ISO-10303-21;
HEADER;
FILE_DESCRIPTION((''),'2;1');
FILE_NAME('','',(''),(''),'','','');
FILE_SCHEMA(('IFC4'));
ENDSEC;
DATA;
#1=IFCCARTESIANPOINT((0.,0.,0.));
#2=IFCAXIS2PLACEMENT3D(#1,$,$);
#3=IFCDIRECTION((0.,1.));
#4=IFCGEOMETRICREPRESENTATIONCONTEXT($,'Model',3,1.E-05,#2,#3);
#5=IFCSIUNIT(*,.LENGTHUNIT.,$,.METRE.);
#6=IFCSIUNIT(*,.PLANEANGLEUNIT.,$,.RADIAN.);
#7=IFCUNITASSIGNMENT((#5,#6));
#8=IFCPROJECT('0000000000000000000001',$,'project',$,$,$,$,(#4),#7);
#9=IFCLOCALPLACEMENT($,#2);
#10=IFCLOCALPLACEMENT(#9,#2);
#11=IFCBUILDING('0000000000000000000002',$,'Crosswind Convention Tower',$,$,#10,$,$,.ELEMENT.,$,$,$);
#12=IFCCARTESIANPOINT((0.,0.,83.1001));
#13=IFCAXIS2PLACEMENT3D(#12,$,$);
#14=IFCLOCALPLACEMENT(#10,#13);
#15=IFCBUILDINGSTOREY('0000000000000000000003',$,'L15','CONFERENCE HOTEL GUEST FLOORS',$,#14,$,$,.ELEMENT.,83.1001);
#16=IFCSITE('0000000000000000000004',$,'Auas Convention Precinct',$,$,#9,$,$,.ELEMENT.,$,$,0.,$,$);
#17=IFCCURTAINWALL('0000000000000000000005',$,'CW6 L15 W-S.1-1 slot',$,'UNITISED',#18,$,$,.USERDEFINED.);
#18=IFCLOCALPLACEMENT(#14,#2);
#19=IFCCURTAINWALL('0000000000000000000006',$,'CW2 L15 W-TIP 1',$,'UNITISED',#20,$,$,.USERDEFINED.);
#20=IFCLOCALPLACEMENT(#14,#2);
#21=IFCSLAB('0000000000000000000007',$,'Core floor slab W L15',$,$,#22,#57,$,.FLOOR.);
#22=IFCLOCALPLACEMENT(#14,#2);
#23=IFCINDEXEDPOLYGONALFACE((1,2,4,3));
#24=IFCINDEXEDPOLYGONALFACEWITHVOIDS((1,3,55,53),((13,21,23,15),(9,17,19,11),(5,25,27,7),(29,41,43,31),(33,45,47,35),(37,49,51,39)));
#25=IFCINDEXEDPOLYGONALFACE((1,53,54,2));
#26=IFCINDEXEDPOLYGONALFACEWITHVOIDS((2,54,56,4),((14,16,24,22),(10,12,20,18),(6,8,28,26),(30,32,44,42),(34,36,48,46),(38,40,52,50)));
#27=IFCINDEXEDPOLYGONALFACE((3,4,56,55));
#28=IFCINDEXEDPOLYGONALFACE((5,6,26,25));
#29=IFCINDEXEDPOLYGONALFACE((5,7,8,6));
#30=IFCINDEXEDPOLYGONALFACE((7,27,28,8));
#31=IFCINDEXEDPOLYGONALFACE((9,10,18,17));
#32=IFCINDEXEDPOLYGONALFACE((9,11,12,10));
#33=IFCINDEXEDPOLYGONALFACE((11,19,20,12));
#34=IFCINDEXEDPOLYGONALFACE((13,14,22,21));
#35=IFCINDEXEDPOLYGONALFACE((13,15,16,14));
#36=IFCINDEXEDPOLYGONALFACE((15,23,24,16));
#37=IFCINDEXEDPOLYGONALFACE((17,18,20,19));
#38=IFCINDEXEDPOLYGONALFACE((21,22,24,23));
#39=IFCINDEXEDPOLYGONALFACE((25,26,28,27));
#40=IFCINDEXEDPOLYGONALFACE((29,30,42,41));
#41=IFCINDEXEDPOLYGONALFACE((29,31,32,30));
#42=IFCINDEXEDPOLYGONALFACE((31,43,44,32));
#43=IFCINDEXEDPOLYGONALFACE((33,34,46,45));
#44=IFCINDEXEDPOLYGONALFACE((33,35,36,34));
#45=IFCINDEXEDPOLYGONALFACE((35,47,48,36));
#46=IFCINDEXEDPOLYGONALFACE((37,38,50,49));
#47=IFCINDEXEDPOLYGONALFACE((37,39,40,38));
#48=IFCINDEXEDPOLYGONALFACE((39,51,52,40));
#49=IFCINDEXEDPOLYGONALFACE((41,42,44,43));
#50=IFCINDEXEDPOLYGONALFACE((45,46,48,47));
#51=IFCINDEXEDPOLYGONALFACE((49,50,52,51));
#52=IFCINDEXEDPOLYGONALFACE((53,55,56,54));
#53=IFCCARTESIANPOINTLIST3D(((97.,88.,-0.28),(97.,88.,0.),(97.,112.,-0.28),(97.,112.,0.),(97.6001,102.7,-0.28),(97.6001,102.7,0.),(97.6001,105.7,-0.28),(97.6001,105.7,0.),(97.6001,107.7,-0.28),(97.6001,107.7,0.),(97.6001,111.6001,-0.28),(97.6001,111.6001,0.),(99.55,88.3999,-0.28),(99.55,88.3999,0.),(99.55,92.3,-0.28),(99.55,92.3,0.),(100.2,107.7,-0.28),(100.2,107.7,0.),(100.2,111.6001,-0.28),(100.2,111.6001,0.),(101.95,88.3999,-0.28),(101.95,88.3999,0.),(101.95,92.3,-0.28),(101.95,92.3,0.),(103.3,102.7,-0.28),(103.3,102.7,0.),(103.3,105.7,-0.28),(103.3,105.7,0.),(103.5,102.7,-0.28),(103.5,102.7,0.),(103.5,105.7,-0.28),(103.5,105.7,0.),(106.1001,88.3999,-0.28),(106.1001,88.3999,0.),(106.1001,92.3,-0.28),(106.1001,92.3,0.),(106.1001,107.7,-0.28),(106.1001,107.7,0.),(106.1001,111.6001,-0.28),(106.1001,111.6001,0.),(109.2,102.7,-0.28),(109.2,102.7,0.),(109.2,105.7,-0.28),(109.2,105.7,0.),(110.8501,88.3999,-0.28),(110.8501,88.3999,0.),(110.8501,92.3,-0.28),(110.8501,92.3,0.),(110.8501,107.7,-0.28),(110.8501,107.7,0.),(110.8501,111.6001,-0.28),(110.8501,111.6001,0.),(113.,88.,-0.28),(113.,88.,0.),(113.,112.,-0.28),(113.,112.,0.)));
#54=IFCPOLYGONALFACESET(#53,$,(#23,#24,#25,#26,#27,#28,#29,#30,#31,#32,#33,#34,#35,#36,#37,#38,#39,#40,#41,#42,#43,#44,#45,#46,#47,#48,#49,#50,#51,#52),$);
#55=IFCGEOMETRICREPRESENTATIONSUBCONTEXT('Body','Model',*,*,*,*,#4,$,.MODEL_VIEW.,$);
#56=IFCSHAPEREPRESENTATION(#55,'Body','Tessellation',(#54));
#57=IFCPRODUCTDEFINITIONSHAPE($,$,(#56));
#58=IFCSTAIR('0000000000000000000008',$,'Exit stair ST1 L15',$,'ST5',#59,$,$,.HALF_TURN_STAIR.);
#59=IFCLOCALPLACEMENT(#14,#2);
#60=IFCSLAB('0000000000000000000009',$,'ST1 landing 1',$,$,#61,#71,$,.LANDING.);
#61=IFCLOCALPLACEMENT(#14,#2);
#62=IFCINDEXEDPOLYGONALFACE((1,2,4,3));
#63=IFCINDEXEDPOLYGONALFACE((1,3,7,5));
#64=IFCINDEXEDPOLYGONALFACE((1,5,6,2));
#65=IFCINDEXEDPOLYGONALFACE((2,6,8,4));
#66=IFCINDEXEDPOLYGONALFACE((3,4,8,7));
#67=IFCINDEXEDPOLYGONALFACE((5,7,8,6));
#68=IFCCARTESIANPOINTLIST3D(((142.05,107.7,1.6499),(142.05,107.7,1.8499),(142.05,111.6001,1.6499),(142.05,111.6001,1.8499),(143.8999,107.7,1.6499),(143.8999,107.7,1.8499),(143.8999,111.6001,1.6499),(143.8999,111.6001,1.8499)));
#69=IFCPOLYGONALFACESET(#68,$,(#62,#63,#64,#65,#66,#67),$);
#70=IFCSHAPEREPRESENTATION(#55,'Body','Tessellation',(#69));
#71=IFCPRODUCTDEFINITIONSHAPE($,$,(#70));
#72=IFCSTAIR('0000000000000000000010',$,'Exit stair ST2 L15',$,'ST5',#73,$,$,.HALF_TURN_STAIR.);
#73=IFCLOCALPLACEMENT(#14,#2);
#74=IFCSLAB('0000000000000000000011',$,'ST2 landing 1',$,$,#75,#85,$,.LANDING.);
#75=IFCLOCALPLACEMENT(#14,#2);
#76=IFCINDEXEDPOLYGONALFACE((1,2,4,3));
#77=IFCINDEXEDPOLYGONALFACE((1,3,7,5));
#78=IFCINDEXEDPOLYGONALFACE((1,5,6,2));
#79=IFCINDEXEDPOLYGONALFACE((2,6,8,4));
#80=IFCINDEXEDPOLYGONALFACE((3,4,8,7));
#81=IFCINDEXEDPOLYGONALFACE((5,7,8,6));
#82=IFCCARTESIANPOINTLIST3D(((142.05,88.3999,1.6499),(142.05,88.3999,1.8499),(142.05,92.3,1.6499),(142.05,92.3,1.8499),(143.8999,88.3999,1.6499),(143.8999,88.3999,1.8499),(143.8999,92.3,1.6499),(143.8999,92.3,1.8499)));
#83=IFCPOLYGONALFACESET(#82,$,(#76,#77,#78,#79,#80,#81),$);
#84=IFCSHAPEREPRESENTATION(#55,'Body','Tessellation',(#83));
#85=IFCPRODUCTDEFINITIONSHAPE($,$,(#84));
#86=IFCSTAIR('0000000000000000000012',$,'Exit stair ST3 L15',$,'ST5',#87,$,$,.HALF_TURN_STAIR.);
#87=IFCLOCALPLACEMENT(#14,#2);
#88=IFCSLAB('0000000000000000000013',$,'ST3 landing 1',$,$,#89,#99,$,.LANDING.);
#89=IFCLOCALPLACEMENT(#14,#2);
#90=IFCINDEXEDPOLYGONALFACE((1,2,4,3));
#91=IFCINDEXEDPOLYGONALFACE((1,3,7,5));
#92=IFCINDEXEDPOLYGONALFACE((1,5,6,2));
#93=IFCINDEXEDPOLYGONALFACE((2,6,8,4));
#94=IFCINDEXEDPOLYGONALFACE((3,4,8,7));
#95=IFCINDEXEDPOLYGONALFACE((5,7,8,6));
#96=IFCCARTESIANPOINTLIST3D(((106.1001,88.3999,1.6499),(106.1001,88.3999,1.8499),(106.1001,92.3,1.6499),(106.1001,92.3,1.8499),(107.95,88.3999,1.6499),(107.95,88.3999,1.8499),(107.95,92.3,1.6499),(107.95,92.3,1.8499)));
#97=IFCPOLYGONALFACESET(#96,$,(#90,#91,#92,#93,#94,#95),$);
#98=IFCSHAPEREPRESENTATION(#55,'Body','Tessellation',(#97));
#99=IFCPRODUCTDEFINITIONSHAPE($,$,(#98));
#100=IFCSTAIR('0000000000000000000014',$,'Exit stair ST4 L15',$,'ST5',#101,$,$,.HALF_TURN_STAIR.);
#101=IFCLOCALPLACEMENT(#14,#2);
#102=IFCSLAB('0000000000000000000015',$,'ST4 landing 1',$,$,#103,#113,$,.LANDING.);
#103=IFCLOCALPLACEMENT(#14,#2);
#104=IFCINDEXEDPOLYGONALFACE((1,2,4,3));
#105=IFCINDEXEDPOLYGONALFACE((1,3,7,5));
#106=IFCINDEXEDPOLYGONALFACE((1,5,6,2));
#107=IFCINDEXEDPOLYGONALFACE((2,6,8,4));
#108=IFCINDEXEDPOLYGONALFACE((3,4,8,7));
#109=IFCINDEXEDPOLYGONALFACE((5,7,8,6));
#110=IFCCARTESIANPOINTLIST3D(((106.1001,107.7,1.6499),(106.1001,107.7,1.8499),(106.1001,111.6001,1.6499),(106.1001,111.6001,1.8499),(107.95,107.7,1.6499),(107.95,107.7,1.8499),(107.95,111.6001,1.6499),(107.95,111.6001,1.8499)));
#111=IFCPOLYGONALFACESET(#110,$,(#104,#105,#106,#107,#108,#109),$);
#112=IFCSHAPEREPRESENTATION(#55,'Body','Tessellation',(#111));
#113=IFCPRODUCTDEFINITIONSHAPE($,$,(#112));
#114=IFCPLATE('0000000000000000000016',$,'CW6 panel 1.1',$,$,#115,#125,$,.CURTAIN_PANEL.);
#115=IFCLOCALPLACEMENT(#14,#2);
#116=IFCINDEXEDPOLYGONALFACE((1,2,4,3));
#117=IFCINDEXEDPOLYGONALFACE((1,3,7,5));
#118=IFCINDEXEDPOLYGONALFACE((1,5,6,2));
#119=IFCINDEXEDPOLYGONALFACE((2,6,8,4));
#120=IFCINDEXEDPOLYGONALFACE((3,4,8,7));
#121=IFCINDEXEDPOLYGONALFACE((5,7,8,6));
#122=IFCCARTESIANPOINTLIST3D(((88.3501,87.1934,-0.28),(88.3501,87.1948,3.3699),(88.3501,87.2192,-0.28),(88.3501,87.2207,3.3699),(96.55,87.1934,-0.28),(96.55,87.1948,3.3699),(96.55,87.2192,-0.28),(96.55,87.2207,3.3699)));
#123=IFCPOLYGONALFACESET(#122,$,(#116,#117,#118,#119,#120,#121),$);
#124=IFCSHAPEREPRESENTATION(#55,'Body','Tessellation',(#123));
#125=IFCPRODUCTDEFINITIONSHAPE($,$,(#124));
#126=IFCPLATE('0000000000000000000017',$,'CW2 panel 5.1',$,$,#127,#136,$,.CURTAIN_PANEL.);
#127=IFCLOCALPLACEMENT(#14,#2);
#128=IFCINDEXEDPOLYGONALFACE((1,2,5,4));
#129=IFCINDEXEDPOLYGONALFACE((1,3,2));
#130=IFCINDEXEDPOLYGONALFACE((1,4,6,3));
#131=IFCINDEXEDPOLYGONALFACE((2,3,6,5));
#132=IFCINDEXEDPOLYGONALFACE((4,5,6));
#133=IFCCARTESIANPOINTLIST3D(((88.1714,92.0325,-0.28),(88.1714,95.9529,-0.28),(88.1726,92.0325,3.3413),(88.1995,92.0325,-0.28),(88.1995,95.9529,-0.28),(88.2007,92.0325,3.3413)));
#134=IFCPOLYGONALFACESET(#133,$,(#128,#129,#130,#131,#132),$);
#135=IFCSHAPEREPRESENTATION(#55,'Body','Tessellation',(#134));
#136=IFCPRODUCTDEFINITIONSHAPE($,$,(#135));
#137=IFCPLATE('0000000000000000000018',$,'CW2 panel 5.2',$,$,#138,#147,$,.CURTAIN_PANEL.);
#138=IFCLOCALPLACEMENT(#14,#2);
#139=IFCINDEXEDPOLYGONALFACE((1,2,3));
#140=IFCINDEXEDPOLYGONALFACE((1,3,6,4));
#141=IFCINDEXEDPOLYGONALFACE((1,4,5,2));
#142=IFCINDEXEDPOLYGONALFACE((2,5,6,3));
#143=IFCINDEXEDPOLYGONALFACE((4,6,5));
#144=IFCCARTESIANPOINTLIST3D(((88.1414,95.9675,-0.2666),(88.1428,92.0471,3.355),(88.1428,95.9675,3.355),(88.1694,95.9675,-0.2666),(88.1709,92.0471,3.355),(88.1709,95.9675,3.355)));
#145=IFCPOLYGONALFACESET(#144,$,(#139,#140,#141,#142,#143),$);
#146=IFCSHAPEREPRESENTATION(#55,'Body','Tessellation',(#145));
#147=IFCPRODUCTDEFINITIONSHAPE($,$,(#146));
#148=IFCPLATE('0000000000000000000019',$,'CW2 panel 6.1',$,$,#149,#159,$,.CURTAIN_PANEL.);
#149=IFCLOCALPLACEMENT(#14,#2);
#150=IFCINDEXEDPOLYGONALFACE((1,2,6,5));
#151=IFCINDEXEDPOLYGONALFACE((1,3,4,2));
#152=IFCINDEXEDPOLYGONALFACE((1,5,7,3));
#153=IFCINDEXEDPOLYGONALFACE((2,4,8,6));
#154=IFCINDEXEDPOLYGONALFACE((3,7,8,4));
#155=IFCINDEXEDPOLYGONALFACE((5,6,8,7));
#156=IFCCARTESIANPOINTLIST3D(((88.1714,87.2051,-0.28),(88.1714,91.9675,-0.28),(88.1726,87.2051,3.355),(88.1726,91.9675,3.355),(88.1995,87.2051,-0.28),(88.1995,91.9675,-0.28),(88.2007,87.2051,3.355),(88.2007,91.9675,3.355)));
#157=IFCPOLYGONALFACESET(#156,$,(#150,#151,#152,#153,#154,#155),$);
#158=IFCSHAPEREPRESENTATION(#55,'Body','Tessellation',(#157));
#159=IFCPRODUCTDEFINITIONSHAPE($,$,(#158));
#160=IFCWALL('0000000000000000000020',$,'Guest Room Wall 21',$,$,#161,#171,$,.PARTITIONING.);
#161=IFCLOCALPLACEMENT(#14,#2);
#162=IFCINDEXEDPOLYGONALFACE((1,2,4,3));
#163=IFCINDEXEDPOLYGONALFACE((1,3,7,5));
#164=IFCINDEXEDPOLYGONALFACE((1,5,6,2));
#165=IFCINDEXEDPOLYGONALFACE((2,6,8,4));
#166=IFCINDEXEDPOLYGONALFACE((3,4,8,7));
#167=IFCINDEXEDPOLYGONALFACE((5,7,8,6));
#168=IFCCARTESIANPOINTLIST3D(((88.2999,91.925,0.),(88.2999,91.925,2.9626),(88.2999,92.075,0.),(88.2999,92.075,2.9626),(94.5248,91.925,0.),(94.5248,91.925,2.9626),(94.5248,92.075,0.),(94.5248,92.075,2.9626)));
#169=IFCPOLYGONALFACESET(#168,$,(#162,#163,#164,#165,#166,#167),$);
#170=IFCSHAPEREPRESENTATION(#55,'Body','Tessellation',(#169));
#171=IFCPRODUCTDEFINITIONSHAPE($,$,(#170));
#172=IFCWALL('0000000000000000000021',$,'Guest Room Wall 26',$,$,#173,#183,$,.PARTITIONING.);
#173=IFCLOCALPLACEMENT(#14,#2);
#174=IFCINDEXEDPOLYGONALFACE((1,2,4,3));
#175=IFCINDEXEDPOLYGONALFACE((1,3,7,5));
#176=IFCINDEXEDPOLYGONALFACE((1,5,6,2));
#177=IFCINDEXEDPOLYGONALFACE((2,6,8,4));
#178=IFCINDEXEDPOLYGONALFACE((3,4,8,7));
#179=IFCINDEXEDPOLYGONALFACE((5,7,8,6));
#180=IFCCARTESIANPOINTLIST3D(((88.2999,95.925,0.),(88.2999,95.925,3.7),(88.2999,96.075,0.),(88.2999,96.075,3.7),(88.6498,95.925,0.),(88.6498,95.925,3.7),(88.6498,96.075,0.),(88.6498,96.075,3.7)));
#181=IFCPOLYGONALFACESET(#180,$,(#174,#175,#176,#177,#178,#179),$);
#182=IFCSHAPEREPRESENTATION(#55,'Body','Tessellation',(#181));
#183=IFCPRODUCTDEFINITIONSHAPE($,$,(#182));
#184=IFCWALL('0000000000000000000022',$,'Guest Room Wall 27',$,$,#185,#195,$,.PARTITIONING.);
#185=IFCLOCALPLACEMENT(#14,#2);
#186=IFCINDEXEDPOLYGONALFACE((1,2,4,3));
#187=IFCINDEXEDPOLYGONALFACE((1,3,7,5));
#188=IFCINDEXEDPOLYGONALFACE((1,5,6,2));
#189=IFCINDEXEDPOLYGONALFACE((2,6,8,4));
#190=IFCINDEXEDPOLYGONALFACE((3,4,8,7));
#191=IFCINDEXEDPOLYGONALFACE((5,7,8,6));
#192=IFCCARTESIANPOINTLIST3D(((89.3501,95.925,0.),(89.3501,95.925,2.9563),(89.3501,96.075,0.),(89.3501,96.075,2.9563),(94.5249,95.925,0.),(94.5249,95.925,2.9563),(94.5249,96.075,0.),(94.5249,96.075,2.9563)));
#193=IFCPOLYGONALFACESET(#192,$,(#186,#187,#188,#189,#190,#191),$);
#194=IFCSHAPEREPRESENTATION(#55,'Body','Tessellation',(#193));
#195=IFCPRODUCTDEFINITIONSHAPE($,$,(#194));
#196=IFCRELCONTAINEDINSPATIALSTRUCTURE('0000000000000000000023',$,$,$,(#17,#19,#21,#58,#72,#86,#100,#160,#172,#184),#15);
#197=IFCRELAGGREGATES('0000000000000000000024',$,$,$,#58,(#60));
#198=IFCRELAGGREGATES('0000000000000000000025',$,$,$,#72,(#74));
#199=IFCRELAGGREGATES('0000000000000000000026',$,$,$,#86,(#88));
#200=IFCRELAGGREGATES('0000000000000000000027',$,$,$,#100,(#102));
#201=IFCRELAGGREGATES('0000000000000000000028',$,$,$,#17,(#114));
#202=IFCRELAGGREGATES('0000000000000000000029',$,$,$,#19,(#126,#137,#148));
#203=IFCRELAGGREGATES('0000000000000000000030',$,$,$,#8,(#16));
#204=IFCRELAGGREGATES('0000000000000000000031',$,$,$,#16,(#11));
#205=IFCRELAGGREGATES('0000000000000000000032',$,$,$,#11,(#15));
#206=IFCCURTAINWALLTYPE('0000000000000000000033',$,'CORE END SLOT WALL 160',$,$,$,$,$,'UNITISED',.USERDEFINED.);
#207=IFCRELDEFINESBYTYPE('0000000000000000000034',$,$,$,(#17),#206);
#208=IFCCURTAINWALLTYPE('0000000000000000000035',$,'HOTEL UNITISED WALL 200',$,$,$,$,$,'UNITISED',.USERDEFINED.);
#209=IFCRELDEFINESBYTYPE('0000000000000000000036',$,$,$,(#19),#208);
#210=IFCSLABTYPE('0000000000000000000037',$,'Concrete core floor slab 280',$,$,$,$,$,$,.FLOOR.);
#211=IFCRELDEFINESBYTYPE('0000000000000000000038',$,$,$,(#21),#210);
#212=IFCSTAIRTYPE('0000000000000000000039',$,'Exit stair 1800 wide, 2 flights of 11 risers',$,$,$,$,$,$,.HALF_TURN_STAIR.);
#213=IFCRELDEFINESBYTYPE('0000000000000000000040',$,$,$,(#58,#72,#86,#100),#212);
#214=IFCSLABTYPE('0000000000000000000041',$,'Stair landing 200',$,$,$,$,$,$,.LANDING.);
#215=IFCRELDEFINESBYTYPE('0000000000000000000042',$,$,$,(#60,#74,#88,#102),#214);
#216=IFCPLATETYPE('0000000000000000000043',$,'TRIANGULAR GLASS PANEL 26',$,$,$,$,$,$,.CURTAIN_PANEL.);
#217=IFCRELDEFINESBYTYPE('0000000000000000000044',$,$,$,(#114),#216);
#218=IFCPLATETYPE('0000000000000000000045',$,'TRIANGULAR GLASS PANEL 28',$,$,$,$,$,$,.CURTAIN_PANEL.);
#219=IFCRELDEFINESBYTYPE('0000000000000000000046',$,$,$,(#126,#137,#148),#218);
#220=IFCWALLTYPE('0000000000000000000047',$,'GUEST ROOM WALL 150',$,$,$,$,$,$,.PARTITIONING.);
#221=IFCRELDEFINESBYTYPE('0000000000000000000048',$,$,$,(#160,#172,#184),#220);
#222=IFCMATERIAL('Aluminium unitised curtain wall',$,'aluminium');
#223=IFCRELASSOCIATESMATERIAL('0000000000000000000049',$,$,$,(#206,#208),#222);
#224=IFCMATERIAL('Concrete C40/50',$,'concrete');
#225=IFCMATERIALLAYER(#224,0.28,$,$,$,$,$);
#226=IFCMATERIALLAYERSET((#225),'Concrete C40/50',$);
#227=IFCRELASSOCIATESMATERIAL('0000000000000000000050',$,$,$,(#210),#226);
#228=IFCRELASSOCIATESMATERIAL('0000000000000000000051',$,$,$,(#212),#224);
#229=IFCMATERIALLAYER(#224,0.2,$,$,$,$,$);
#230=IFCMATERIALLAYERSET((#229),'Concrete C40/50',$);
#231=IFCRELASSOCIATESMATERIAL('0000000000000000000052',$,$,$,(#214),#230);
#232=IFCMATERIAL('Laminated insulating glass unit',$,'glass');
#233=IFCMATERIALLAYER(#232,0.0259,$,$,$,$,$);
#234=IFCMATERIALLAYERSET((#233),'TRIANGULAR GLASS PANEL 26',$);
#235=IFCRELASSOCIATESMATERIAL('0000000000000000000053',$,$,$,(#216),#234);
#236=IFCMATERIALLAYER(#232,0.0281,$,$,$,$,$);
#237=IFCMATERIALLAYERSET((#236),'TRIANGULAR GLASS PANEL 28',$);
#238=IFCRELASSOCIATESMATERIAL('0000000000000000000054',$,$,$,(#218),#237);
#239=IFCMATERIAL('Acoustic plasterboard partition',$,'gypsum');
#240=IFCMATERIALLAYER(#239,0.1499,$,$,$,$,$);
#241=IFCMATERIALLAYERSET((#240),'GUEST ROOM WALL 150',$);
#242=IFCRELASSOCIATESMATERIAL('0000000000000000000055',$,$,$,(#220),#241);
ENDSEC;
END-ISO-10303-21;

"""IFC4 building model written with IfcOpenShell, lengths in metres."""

from ifc_helpers import new_model, si_unit, direction, frame, frame_2d, origin, place, context, subcontext, project, spatial, polyline, rectangle, outline, extrude, material, layer, layer_set, type_object, element, aggregate, save


model = new_model("IFC4")

# Units and contexts
model_context = context("Model", 3, precision=1e-05, world=origin(), true_north=direction((0.0, 1.0)))
body_context = subcontext(model_context, "Body", "Model", "MODEL_VIEW")
ifc_project = project(units=[si_unit("LENGTHUNIT", "METRE"), si_unit("PLANEANGLEUNIT", "RADIAN")], contexts=[model_context])

# Site, building, storey
site_placement = place(None, origin())
site = spatial("IfcSite", under=ifc_project, at=site_placement, Name="Auas Convention Precinct", CompositionType="ELEMENT", RefElevation=0.0)
building_placement = place(site_placement, origin())
building = spatial("IfcBuilding", under=site, at=building_placement, Name="Crosswind Convention Tower", CompositionType="ELEMENT")
storey_placement = place(building_placement, frame((0.0, 0.0, 83.1001)))
storey = spatial("IfcBuildingStorey", under=building, at=storey_placement, Name="L15", Description="CONFERENCE HOTEL GUEST FLOORS", CompositionType="ELEMENT", Elevation=83.1001)

# Curtain wall
ifc_material_1 = material(Name="Aluminium unitised curtain wall", Category="aluminium")
curtain_wall_type_1 = type_object("IfcCurtainWallType", Name="CORE END SLOT WALL 160", ElementType="UNITISED", PredefinedType="USERDEFINED", material=ifc_material_1)
curtain_wall_1_placement = place(storey_placement, origin())
curtain_wall_1 = element("IfcCurtainWall", 1, at=curtain_wall_1_placement, inside=storey, type_object=curtain_wall_type_1, Name="CW6 L15 W-S.1-1 slot", ObjectType="UNITISED", PredefinedType="USERDEFINED")

# Curtain wall
curtain_wall_type_2 = type_object("IfcCurtainWallType", Name="HOTEL UNITISED WALL 200", ElementType="UNITISED", PredefinedType="USERDEFINED", material=ifc_material_1)
curtain_wall_2_placement = place(storey_placement, origin())
curtain_wall_2 = element("IfcCurtainWall", 2, at=curtain_wall_2_placement, inside=storey, type_object=curtain_wall_type_2, Name="CW2 L15 W-TIP 1", ObjectType="UNITISED", PredefinedType="USERDEFINED")

# Slab
ifc_material_2 = material(Name="Concrete C40/50", Category="concrete")
ifc_layer_1 = layer(ifc_material_2, 0.28)
ifc_layer_set_1 = layer_set([ifc_layer_1], Name="Concrete C40/50")
slab_type_1 = type_object("IfcSlabType", Name="Concrete core floor slab 280", PredefinedType="FLOOR", material=ifc_layer_set_1)
slab_1_placement = place(storey_placement, frame((0.0, 0.0, -0.28)))
element("IfcSlab", 3, at=slab_1_placement, inside=storey, type_object=slab_type_1, Name="Core floor slab W L15", PredefinedType="FLOOR", context=body_context, shape_type="SweptSolid", body=[
    extrude(outline(polyline([(97.0, 88.0), (113.0, 88.0), (113.0, 112.0), (97.0, 112.0), (97.0, 88.0)]), holes=[polyline([(109.2, 102.7), (109.2, 105.7), (103.5, 105.7), (103.5, 102.7), (109.2, 102.7)]), polyline([(103.3, 102.7), (103.3, 105.7), (97.6001, 105.7), (97.6001, 102.7), (103.3, 102.7)]), polyline([(101.95, 88.3999), (101.95, 92.3), (99.55, 92.3), (99.55, 88.3999), (101.95, 88.3999)]), polyline([(100.2, 107.7), (100.2, 111.6001), (97.6001, 111.6001), (97.6001, 107.7), (100.2, 107.7)]), polyline([(110.8501, 88.3999), (110.8501, 92.3), (106.1001, 92.3), (106.1001, 88.3999), (110.8501, 88.3999)]), polyline([(110.8501, 107.7), (110.8501, 111.6001), (106.1001, 111.6001), (106.1001, 107.7), (110.8501, 107.7)])]), origin(), (0.0, 0.0, 1.0), 0.28),
])

# Stairs, slabs
stair_type = type_object("IfcStairType", Name="Exit stair 1800 wide, 2 flights of 11 risers", PredefinedType="HALF_TURN_STAIR", material=ifc_material_2)
stair_1_placement = place(storey_placement, origin())
stair_1 = element("IfcStair", 4, at=stair_1_placement, inside=storey, type_object=stair_type, Name="Exit stair ST1 L15", ObjectType="ST5", PredefinedType="HALF_TURN_STAIR")
ifc_layer_2 = layer(ifc_material_2, 0.2)
ifc_layer_set_2 = layer_set([ifc_layer_2], Name="Concrete C40/50")
slab_type_2 = type_object("IfcSlabType", Name="Stair landing 200", PredefinedType="LANDING", material=ifc_layer_set_2)
slab_2_placement = place(storey_placement, frame((0.0, 0.0, 1.6499)))
slab_2 = element("IfcSlab", 5, at=slab_2_placement, type_object=slab_type_2, Name="ST1 landing 1", PredefinedType="LANDING", context=body_context, shape_type="SweptSolid", body=[
    extrude(outline(polyline([(143.8999, 107.7), (143.8999, 111.6001), (142.05, 111.6001), (142.05, 107.7), (143.8999, 107.7)])), origin(), (0.0, 0.0, 1.0), 0.2),
])
aggregate(stair_1, [slab_2])
stair_2_placement = place(storey_placement, origin())
stair_2 = element("IfcStair", 6, at=stair_2_placement, inside=storey, type_object=stair_type, Name="Exit stair ST2 L15", ObjectType="ST5", PredefinedType="HALF_TURN_STAIR")
slab_3_placement = place(storey_placement, frame((0.0, 0.0, 1.6499)))
slab_3 = element("IfcSlab", 7, at=slab_3_placement, type_object=slab_type_2, Name="ST2 landing 1", PredefinedType="LANDING", context=body_context, shape_type="SweptSolid", body=[
    extrude(outline(polyline([(143.8999, 88.3999), (143.8999, 92.3), (142.05, 92.3), (142.05, 88.3999), (143.8999, 88.3999)])), origin(), (0.0, 0.0, 1.0), 0.2),
])
aggregate(stair_2, [slab_3])
stair_3_placement = place(storey_placement, origin())
stair_3 = element("IfcStair", 8, at=stair_3_placement, inside=storey, type_object=stair_type, Name="Exit stair ST3 L15", ObjectType="ST5", PredefinedType="HALF_TURN_STAIR")
slab_4_placement = place(storey_placement, frame((0.0, 0.0, 1.6499)))
slab_4 = element("IfcSlab", 9, at=slab_4_placement, type_object=slab_type_2, Name="ST3 landing 1", PredefinedType="LANDING", context=body_context, shape_type="SweptSolid", body=[
    extrude(outline(polyline([(107.95, 88.3999), (107.95, 92.3), (106.1001, 92.3), (106.1001, 88.3999), (107.95, 88.3999)])), origin(), (0.0, 0.0, 1.0), 0.2),
])
aggregate(stair_3, [slab_4])
stair_4_placement = place(storey_placement, origin())
stair_4 = element("IfcStair", 10, at=stair_4_placement, inside=storey, type_object=stair_type, Name="Exit stair ST4 L15", ObjectType="ST5", PredefinedType="HALF_TURN_STAIR")
slab_5_placement = place(storey_placement, frame((0.0, 0.0, 1.6499)))
slab_5 = element("IfcSlab", 11, at=slab_5_placement, type_object=slab_type_2, Name="ST4 landing 1", PredefinedType="LANDING", context=body_context, shape_type="SweptSolid", body=[
    extrude(outline(polyline([(107.95, 107.7), (107.95, 111.6001), (106.1001, 111.6001), (106.1001, 107.7), (107.95, 107.7)])), origin(), (0.0, 0.0, 1.0), 0.2),
])
aggregate(stair_4, [slab_5])

# Plates
ifc_material_3 = material(Name="Laminated insulating glass unit", Category="glass")
ifc_layer_3 = layer(ifc_material_3, 0.0259)
ifc_layer_set_3 = layer_set([ifc_layer_3], Name="TRIANGULAR GLASS PANEL 26")
plate_type_1 = type_object("IfcPlateType", Name="TRIANGULAR GLASS PANEL 26", PredefinedType="CURTAIN_PANEL", material=ifc_layer_set_3)
plate_1_placement = place(storey_placement, frame((88.3501, 87.1934, -0.28), z_axis=(0.0, -1.0, 0.000401), x_axis=(1.0, 0.0, 0.0)))
plate_1 = element("IfcPlate", 12, at=plate_1_placement, type_object=plate_type_1, Name="CW6 panel 1.1", PredefinedType="CURTAIN_PANEL", context=body_context, shape_type="SweptSolid", body=[
    extrude(outline(polyline([(0.0, 0.0), (8.2, 0.0), (8.2, 3.6499), (0.0, 3.6499), (0.0, 0.0)])), origin(), (0.0, 0.0, -1.0), 0.0259),
])
aggregate(curtain_wall_1, [plate_1])
ifc_layer_4 = layer(ifc_material_3, 0.0281)
ifc_layer_set_4 = layer_set([ifc_layer_4], Name="TRIANGULAR GLASS PANEL 28")
plate_type_2 = type_object("IfcPlateType", Name="TRIANGULAR GLASS PANEL 28", PredefinedType="CURTAIN_PANEL", material=ifc_layer_set_4)
plate_2_placement = place(storey_placement, frame((88.1714, 92.0325, -0.28), z_axis=(-1.0, 0.0, 0.000337), x_axis=(0.000337, 0.0, 1.0)))
plate_2 = element("IfcPlate", 13, at=plate_2_placement, type_object=plate_type_2, Name="CW2 panel 5.1", PredefinedType="CURTAIN_PANEL", context=body_context, shape_type="SweptSolid", body=[
    extrude(outline(polyline([(0.0, 0.0), (3.6213, 0.0), (0.0, 3.9204), (0.0, 0.0)])), origin(), (0.0, 0.0, -1.0), 0.0281),
])
plate_3_placement = place(storey_placement, frame((88.1428, 95.9675, 3.355), z_axis=(-1.0, 0.0, 0.000404), x_axis=(-0.000404, 0.0, -1.0)))
plate_3 = element("IfcPlate", 14, at=plate_3_placement, type_object=plate_type_2, Name="CW2 panel 5.2", PredefinedType="CURTAIN_PANEL", context=body_context, shape_type="SweptSolid", body=[
    extrude(outline(polyline([(0.0, 0.0), (3.6216, 0.0), (0.0, 3.9204), (0.0, 0.0)])), origin(), (0.0, 0.0, -1.0), 0.0281),
])
plate_4_placement = place(storey_placement, frame((88.1714, 91.9675, -0.28), z_axis=(-1.0, 0.0, 0.000336), x_axis=(0.0, -1.0, 0.0)))
plate_4 = element("IfcPlate", 15, at=plate_4_placement, type_object=plate_type_2, Name="CW2 panel 6.1", PredefinedType="CURTAIN_PANEL", context=body_context, shape_type="SweptSolid", body=[
    extrude(outline(polyline([(0.0, 0.0), (4.7625, 0.0), (4.7625, 3.635), (0.0, 3.635), (0.0, 0.0)])), origin(), (0.0, 0.0, -1.0), 0.0281),
])
aggregate(curtain_wall_2, [plate_2, plate_3, plate_4])

# Walls
ifc_material_4 = material(Name="Acoustic plasterboard partition", Category="gypsum")
ifc_layer_5 = layer(ifc_material_4, 0.1499)
ifc_layer_set_5 = layer_set([ifc_layer_5], Name="GUEST ROOM WALL 150")
wall_type = type_object("IfcWallType", Name="GUEST ROOM WALL 150", PredefinedType="PARTITIONING", material=ifc_layer_set_5)
wall_1_placement = place(storey_placement, frame((88.3, 92.0, 0.0), z_axis=(0.0, 0.0, 1.0), x_axis=(1.0, 0.0, 0.0)))
element("IfcWall", 16, at=wall_1_placement, inside=storey, type_object=wall_type, Name="Guest Room Wall 21", PredefinedType="PARTITIONING", context=body_context, shape_type="SweptSolid", body=[
    extrude(rectangle(XDim=6.2249, YDim=0.1499, at=frame_2d((3.1123, 0.0))), origin(), (0.0, 0.0, 1.0), 2.9626),
])
wall_2_placement = place(storey_placement, frame((88.3, 96.0, 0.0), z_axis=(0.0, 0.0, 1.0), x_axis=(1.0, 0.0, 0.0)))
element("IfcWall", 17, at=wall_2_placement, inside=storey, type_object=wall_type, Name="Guest Room Wall 26", PredefinedType="PARTITIONING", context=body_context, shape_type="SweptSolid", body=[
    extrude(rectangle(XDim=0.3499, YDim=0.1499, at=frame_2d((0.1748, 0.0))), origin(), (0.0, 0.0, 1.0), 3.7),
])
wall_3_placement = place(storey_placement, frame((89.3501, 96.0, 0.0), z_axis=(0.0, 0.0, 1.0), x_axis=(1.0, 0.0, 0.0)))
element("IfcWall", 18, at=wall_3_placement, inside=storey, type_object=wall_type, Name="Guest Room Wall 27", PredefinedType="PARTITIONING", context=body_context, shape_type="SweptSolid", body=[
    extrude(rectangle(XDim=5.1748, YDim=0.1499, at=frame_2d((2.5874, 0.0))), origin(), (0.0, 0.0, 1.0), 2.9563),
])

save(model, "model.ifc")
